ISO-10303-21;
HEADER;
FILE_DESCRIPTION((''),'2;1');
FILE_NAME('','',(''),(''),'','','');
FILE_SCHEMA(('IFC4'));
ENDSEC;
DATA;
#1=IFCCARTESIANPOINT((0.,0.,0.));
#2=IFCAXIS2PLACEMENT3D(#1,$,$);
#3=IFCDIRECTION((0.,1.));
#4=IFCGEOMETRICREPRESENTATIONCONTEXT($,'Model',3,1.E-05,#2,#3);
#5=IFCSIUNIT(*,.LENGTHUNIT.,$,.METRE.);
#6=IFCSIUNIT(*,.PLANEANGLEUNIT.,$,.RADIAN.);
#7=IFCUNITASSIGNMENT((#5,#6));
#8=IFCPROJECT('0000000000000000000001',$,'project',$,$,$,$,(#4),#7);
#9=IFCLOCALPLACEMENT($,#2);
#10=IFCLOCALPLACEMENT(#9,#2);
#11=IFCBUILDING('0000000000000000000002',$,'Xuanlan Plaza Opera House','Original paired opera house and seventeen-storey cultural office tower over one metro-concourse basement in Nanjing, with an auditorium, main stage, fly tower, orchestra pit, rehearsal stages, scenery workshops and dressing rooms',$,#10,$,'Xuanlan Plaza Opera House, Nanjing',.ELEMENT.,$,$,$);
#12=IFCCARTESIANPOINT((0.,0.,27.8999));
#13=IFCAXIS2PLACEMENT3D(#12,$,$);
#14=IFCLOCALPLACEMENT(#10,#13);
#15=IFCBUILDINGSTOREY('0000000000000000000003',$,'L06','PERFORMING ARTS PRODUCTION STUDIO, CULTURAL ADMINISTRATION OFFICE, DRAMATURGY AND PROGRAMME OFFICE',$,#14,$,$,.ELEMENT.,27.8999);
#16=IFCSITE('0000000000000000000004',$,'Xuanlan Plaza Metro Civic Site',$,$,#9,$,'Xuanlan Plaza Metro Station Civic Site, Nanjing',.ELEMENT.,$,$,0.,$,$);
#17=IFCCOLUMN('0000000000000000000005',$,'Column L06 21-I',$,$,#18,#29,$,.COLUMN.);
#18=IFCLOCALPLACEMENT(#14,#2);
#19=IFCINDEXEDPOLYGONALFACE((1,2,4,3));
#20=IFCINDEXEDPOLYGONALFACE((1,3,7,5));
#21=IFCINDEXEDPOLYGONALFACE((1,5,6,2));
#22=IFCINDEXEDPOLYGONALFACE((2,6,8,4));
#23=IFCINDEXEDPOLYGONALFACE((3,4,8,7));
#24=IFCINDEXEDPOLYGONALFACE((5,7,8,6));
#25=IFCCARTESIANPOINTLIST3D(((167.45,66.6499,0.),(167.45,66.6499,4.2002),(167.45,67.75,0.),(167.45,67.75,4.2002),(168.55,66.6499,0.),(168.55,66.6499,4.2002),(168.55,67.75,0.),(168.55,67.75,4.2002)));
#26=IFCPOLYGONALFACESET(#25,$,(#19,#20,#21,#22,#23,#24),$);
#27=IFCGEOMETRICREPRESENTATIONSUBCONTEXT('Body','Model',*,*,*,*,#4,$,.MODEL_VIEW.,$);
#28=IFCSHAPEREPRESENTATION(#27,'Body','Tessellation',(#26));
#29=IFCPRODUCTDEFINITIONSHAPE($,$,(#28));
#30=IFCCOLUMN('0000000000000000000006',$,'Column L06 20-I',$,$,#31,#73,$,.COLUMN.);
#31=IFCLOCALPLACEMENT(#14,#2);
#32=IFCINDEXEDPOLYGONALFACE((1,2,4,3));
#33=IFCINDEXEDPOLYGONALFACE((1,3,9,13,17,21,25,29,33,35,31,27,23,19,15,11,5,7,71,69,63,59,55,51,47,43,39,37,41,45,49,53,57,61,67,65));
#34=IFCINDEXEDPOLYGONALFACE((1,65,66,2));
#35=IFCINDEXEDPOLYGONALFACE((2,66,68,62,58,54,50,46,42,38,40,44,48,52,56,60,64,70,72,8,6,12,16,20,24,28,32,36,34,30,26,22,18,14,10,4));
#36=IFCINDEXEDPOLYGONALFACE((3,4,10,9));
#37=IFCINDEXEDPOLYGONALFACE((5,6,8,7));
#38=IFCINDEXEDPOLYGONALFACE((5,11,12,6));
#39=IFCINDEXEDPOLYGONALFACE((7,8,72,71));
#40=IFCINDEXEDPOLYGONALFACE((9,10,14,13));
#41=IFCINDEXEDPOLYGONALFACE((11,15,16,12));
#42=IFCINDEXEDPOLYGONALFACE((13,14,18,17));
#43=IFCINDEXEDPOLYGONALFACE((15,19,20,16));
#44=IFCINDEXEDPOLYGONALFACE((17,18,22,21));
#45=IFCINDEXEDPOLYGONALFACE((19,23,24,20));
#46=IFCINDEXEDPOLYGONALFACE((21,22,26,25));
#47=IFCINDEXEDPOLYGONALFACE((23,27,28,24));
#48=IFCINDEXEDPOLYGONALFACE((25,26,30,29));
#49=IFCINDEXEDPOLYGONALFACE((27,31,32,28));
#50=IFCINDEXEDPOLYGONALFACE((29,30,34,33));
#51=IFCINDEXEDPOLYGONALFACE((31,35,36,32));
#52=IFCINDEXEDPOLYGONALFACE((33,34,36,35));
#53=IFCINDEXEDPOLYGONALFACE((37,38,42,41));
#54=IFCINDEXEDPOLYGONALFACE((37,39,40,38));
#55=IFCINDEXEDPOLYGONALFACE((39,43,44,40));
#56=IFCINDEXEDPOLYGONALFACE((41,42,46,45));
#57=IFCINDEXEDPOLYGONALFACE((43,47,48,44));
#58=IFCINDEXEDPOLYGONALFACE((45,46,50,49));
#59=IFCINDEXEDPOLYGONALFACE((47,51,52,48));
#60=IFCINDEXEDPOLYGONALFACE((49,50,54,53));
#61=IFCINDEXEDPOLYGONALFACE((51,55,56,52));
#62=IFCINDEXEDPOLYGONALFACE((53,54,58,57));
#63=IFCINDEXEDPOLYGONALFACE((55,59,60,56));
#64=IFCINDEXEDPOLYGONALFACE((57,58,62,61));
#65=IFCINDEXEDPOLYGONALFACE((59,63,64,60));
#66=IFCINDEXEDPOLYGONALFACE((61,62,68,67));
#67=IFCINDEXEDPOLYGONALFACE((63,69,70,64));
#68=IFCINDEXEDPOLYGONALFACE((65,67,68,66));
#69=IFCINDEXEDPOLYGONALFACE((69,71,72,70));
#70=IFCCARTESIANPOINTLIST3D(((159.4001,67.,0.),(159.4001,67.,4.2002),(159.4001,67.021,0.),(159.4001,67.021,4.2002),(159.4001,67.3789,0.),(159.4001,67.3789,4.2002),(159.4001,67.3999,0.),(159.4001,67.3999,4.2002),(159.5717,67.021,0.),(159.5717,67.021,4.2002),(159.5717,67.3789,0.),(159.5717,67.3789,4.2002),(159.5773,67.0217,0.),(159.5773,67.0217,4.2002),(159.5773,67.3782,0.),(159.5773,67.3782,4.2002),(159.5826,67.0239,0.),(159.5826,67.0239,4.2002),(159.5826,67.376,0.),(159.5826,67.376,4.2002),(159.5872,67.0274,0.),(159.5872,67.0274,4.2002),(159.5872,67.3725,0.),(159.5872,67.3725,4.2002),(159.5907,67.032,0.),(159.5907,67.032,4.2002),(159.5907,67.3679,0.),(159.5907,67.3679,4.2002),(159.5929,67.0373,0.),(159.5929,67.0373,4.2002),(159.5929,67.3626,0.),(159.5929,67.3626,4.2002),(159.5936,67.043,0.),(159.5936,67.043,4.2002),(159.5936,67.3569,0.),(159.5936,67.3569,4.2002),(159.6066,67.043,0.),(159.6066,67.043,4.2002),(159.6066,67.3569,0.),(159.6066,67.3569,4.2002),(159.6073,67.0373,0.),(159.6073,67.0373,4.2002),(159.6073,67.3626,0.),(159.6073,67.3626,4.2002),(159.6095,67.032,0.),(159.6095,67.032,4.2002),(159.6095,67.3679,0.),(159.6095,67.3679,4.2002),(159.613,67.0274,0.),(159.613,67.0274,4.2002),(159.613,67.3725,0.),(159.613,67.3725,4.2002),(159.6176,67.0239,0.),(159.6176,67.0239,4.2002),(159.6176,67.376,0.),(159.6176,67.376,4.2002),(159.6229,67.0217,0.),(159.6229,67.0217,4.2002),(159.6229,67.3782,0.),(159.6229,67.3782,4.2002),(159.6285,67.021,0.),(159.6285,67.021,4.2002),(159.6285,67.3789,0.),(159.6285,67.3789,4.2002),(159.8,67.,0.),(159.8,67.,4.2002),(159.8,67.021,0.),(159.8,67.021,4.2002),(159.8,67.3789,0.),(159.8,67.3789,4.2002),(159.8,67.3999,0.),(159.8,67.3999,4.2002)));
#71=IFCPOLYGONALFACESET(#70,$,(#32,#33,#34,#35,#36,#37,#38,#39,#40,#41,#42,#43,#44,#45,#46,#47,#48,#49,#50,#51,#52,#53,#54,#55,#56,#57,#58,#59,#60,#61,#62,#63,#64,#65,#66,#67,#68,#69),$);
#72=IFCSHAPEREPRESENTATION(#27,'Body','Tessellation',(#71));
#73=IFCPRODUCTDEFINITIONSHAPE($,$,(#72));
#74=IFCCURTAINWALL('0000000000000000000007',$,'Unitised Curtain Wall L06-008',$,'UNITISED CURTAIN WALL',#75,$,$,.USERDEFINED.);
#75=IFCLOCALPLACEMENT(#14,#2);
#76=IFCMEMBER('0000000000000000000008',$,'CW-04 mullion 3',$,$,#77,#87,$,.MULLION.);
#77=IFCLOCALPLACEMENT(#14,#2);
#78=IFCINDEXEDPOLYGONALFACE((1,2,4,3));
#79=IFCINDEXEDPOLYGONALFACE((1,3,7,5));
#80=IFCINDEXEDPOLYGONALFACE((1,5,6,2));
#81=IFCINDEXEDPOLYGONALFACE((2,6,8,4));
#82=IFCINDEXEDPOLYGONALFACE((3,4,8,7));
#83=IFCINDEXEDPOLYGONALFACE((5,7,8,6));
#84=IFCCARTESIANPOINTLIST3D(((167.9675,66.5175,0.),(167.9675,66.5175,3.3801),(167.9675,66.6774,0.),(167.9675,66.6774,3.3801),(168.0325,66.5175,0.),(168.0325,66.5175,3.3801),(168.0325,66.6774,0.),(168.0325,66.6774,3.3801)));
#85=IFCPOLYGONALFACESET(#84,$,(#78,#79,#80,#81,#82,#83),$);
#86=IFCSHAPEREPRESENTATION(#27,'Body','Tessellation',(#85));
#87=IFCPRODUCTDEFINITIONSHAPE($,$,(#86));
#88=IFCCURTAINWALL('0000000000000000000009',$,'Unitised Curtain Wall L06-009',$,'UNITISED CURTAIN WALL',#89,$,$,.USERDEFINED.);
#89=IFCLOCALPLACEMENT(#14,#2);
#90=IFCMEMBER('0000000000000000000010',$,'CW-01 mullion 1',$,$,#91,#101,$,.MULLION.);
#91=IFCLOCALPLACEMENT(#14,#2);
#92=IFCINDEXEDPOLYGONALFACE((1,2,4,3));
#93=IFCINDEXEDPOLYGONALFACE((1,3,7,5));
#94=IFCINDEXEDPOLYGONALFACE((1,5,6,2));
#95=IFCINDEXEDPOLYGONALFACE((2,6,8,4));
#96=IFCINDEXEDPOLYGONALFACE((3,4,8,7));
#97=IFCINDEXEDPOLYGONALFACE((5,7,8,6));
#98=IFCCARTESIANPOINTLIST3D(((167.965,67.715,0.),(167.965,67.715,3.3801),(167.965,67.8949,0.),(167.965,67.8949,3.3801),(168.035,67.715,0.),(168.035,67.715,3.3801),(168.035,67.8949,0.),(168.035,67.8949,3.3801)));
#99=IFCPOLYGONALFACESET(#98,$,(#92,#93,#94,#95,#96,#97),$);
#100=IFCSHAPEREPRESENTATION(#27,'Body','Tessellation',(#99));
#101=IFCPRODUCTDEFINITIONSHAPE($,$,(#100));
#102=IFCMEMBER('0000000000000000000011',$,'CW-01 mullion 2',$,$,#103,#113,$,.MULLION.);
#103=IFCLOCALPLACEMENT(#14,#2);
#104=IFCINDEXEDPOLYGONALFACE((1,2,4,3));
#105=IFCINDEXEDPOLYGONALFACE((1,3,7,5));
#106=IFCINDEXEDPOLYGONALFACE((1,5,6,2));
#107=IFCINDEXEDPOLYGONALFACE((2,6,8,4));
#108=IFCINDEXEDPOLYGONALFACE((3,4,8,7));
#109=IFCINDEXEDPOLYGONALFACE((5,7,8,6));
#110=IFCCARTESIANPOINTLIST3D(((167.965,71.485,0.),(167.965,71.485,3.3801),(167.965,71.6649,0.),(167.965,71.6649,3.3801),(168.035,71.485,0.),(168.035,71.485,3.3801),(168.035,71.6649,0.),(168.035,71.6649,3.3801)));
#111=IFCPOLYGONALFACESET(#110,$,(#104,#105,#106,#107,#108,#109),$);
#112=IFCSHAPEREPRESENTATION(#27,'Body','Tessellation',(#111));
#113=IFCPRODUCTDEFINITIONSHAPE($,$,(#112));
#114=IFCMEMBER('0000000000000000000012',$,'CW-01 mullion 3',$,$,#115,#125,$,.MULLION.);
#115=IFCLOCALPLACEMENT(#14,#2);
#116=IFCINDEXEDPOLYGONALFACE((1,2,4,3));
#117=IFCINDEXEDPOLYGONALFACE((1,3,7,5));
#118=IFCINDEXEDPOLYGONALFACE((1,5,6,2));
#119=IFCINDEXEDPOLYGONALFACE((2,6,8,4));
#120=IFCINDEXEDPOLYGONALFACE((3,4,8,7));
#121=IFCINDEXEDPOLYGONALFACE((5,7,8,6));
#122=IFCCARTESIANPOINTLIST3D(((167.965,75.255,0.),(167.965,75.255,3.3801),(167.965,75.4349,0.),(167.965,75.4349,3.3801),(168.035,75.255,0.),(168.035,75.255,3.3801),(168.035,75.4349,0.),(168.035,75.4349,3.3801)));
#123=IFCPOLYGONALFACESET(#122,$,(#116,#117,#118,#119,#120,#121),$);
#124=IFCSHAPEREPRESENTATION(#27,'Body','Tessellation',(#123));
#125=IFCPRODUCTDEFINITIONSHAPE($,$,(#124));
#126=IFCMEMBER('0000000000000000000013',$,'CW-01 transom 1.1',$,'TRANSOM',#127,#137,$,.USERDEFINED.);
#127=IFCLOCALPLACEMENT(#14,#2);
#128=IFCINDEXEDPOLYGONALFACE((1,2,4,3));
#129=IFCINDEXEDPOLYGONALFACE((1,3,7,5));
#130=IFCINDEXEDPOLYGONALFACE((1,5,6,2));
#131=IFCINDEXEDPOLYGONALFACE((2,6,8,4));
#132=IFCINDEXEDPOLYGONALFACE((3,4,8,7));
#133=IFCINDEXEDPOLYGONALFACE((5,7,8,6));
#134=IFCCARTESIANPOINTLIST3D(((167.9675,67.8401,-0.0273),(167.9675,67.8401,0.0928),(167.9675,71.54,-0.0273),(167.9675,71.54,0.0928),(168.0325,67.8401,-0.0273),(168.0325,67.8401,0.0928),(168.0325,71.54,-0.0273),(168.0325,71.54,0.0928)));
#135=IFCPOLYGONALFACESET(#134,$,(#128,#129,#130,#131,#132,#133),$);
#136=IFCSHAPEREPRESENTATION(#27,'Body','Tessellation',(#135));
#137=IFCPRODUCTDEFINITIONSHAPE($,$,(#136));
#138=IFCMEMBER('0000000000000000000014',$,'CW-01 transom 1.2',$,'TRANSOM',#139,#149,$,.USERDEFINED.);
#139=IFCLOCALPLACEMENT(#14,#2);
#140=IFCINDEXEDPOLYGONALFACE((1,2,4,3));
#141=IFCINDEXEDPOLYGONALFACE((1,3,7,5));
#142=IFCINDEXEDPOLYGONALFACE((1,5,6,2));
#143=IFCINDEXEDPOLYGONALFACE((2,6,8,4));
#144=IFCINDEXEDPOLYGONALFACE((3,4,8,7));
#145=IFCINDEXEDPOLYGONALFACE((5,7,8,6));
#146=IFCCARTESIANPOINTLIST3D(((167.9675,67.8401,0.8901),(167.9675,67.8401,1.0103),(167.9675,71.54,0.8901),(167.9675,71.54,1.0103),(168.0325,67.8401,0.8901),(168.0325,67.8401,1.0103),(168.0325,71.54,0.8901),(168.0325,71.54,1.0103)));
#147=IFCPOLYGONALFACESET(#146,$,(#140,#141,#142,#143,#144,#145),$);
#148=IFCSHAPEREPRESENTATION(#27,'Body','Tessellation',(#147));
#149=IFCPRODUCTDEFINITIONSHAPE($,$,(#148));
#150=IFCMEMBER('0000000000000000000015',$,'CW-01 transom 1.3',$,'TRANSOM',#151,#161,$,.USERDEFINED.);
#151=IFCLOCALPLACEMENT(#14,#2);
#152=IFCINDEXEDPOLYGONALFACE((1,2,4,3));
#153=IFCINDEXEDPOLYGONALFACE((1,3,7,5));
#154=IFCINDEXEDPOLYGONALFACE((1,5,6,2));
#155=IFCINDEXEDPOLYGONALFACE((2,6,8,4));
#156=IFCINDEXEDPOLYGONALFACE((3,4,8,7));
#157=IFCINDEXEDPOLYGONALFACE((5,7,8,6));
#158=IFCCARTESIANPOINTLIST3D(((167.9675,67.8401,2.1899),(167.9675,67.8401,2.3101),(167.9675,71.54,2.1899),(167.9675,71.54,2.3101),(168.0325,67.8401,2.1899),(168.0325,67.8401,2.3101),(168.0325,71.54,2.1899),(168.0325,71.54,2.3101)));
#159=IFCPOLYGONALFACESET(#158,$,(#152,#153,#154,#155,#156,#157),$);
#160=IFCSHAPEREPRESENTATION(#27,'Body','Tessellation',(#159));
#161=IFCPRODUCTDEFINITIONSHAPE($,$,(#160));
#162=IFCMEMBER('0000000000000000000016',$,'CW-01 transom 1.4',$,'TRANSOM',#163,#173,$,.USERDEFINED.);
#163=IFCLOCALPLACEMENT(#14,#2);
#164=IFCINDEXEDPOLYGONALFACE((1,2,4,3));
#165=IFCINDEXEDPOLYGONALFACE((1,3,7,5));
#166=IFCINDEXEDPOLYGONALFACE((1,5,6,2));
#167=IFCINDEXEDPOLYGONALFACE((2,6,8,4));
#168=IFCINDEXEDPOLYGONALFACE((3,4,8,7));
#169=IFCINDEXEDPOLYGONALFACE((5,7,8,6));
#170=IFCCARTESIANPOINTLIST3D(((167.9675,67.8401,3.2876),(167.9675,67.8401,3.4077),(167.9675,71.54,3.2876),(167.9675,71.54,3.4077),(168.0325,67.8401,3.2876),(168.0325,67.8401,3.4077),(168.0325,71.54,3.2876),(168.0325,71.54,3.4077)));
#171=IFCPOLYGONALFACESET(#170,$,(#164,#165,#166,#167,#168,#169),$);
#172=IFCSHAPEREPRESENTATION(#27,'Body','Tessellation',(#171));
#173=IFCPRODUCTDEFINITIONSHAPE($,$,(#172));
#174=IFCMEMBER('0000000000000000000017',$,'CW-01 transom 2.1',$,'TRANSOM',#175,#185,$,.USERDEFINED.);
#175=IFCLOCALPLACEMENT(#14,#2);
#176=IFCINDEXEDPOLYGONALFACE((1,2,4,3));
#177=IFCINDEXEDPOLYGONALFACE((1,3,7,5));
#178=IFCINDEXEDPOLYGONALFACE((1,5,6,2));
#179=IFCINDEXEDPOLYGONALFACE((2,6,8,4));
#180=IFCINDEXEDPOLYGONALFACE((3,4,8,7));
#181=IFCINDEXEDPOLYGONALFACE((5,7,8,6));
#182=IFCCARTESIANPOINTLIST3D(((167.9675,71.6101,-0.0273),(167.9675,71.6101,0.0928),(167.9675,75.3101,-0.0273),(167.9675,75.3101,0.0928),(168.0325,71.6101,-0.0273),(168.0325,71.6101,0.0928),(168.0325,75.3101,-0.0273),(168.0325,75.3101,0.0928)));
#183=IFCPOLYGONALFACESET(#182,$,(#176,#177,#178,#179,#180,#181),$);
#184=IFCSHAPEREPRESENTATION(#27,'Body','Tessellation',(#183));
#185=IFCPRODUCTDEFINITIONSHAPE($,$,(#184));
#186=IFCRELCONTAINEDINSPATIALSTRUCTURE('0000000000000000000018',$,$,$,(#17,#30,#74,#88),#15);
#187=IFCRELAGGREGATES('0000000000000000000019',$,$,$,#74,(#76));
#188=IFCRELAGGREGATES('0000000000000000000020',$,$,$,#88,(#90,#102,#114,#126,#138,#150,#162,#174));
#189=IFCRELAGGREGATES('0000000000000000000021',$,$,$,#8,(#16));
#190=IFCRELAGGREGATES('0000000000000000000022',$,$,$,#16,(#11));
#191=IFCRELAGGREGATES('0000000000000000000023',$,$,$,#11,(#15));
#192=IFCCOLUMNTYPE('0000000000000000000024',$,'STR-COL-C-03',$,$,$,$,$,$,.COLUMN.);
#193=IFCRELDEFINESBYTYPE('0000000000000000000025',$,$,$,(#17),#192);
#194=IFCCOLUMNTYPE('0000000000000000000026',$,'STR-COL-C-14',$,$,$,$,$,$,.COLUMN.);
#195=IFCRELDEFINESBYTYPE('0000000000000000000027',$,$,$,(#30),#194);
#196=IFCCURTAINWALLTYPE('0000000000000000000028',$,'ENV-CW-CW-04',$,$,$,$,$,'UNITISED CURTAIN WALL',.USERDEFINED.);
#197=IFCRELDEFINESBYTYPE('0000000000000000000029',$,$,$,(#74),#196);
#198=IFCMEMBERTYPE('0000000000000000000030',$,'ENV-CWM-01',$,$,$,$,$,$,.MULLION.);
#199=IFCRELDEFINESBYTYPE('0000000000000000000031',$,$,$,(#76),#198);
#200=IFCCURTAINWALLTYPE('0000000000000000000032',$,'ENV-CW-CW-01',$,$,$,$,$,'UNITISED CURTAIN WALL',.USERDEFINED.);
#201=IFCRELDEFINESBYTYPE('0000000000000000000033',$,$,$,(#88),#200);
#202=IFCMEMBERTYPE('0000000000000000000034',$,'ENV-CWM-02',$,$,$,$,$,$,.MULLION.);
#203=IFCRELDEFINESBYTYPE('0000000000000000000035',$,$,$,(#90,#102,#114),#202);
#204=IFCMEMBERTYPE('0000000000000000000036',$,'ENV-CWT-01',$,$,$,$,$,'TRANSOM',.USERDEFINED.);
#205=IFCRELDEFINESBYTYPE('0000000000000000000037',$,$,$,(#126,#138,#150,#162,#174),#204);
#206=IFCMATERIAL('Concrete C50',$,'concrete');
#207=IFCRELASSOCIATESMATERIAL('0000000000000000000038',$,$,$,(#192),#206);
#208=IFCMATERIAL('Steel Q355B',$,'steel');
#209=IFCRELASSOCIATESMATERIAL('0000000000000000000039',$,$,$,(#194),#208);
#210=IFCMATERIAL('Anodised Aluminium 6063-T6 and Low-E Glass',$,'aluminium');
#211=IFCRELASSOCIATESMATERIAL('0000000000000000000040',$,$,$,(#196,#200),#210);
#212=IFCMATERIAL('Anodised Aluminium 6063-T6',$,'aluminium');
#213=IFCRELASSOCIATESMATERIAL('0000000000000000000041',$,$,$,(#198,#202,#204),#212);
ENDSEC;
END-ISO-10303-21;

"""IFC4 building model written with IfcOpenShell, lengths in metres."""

from ifc_helpers import new_model, si_unit, direction, frame, origin, origin_2d, place, context, subcontext, project, spatial, rectangle, i_section, extrude, material, material_profile, profile_set, type_object, element, aggregate, save


model = new_model("IFC4")

# Units and contexts
model_context = context("Model", 3, precision=1e-05, world=origin(), true_north=direction((0.0, 1.0)))
body_context = subcontext(model_context, "Body", "Model", "MODEL_VIEW")
ifc_project = project(units=[si_unit("LENGTHUNIT", "METRE"), si_unit("PLANEANGLEUNIT", "RADIAN")], contexts=[model_context])

# Site, building, storey
site_placement = place(None, origin())
site = spatial("IfcSite", under=ifc_project, at=site_placement, Name="Xuanlan Plaza Metro Civic Site", LongName="Xuanlan Plaza Metro Station Civic Site, Nanjing", CompositionType="ELEMENT", RefElevation=0.0)
building_placement = place(site_placement, origin())
building = spatial("IfcBuilding", under=site, at=building_placement, Name="Xuanlan Plaza Opera House", Description="Original paired opera house and seventeen-storey cultural office tower over one metro-concourse basement in Nanjing, with an auditorium, main stage, fly tower, orchestra pit, rehearsal stages, scenery workshops and dressing rooms", LongName="Xuanlan Plaza Opera House, Nanjing", CompositionType="ELEMENT")
storey_placement = place(building_placement, frame((0.0, 0.0, 27.8999)))
storey = spatial("IfcBuildingStorey", under=building, at=storey_placement, Name="L06", Description="PERFORMING ARTS PRODUCTION STUDIO, CULTURAL ADMINISTRATION OFFICE, DRAMATURGY AND PROGRAMME OFFICE", CompositionType="ELEMENT", Elevation=27.8999)

# Columns
ifc_material_1 = material(Name="Concrete C50", Category="concrete")
ifc_material_profile_1 = material_profile(ifc_material_1, rectangle(XDim=1.1001, YDim=1.1001, at=origin_2d()), Name="RC-COL 1100x1100")
ifc_profile_set_1 = profile_set([ifc_material_profile_1], Name="Concrete C50")
column_type_1 = type_object("IfcColumnType", Name="STR-COL-C-03", PredefinedType="COLUMN", material=ifc_profile_set_1)
column_1_placement = place(storey_placement, frame((168.0, 67.2, 0.0), z_axis=(0.0, 0.0, 1.0), x_axis=(1.0, 0.0, 0.0)))
element("IfcColumn", 1, at=column_1_placement, inside=storey, type_object=column_type_1, Name="Column L06 21-I", PredefinedType="COLUMN", context=body_context, shape_type="SweptSolid", body=[
    extrude(rectangle(XDim=1.1001, YDim=1.1001, at=origin_2d()), origin(), (0.0, 0.0, 1.0), 4.2002),
])
ifc_material_2 = material(Name="Steel Q355B", Category="steel")
ifc_material_profile_2 = material_profile(ifc_material_2, i_section(OverallWidth=0.3999, OverallDepth=0.3999, WebThickness=0.0129, FlangeThickness=0.021, FilletRadius=0.022, at=origin_2d()), Name="HW 400x400x13x21")
ifc_profile_set_2 = profile_set([ifc_material_profile_2], Name="Steel Q355B")
column_type_2 = type_object("IfcColumnType", Name="STR-COL-C-14", PredefinedType="COLUMN", material=ifc_profile_set_2)
column_2_placement = place(storey_placement, frame((159.6001, 67.2, 0.0), z_axis=(0.0, 0.0, 1.0), x_axis=(1.0, 0.0, 0.0)))
element("IfcColumn", 2, at=column_2_placement, inside=storey, type_object=column_type_2, Name="Column L06 20-I", PredefinedType="COLUMN", context=body_context, shape_type="SweptSolid", body=[
    extrude(i_section(OverallWidth=0.3999, OverallDepth=0.3999, WebThickness=0.0129, FlangeThickness=0.021, FilletRadius=0.022, at=origin_2d()), origin(), (0.0, 0.0, 1.0), 4.2002),
])

# Curtain wall, member
ifc_material_3 = material(Name="Anodised Aluminium 6063-T6 and Low-E Glass", Category="aluminium")
curtain_wall_type_1 = type_object("IfcCurtainWallType", Name="ENV-CW-CW-04", ElementType="UNITISED CURTAIN WALL", PredefinedType="USERDEFINED", material=ifc_material_3)
curtain_wall_1_placement = place(storey_placement, origin())
curtain_wall_1 = element("IfcCurtainWall", 3, at=curtain_wall_1_placement, inside=storey, type_object=curtain_wall_type_1, Name="Unitised Curtain Wall L06-008", ObjectType="UNITISED CURTAIN WALL", PredefinedType="USERDEFINED")
ifc_material_4 = material(Name="Anodised Aluminium 6063-T6", Category="aluminium")
ifc_material_profile_3 = material_profile(ifc_material_4, rectangle(XDim=0.0649, YDim=0.1599, at=origin_2d()), Name="ALU-M 65x160")
ifc_profile_set_3 = profile_set([ifc_material_profile_3], Name="Anodised Aluminium 6063-T6")
member_type_1 = type_object("IfcMemberType", Name="ENV-CWM-01", PredefinedType="MULLION", material=ifc_profile_set_3)
member_1_placement = place(storey_placement, frame((168.0, 66.5974, 0.0), z_axis=(0.0, 0.0, 1.0), x_axis=(-1.0, 0.0, 0.0)))
member_1 = element("IfcMember", 4, at=member_1_placement, type_object=member_type_1, Name="CW-04 mullion 3", PredefinedType="MULLION", context=body_context, shape_type="SweptSolid", body=[
    extrude(rectangle(XDim=0.0649, YDim=0.1599, at=origin_2d()), origin(), (0.0, 0.0, 1.0), 3.3801),
])
aggregate(curtain_wall_1, [member_1])

# Curtain wall, members
curtain_wall_type_2 = type_object("IfcCurtainWallType", Name="ENV-CW-CW-01", ElementType="UNITISED CURTAIN WALL", PredefinedType="USERDEFINED", material=ifc_material_3)
curtain_wall_2_placement = place(storey_placement, origin())
curtain_wall_2 = element("IfcCurtainWall", 5, at=curtain_wall_2_placement, inside=storey, type_object=curtain_wall_type_2, Name="Unitised Curtain Wall L06-009", ObjectType="UNITISED CURTAIN WALL", PredefinedType="USERDEFINED")
ifc_material_profile_4 = material_profile(ifc_material_4, rectangle(XDim=0.0701, YDim=0.1799, at=origin_2d()), Name="ALU-M 70x180")
ifc_profile_set_4 = profile_set([ifc_material_profile_4], Name="Anodised Aluminium 6063-T6")
member_type_2 = type_object("IfcMemberType", Name="ENV-CWM-02", PredefinedType="MULLION", material=ifc_profile_set_4)
member_2_placement = place(storey_placement, frame((168.0, 67.8049, 0.0), z_axis=(0.0, 0.0, 1.0), x_axis=(-1.0, 0.0, 0.0)))
member_2 = element("IfcMember", 6, at=member_2_placement, type_object=member_type_2, Name="CW-01 mullion 1", PredefinedType="MULLION", context=body_context, shape_type="SweptSolid", body=[
    extrude(rectangle(XDim=0.0701, YDim=0.1799, at=origin_2d()), origin(), (0.0, 0.0, 1.0), 3.3801),
])
member_3_placement = place(storey_placement, frame((168.0, 71.575, 0.0), z_axis=(0.0, 0.0, 1.0), x_axis=(-1.0, 0.0, 0.0)))
member_3 = element("IfcMember", 7, at=member_3_placement, type_object=member_type_2, Name="CW-01 mullion 2", PredefinedType="MULLION", context=body_context, shape_type="SweptSolid", body=[
    extrude(rectangle(XDim=0.0701, YDim=0.1799, at=origin_2d()), origin(), (0.0, 0.0, 1.0), 3.3801),
])
member_4_placement = place(storey_placement, frame((168.0, 75.345, 0.0), z_axis=(0.0, 0.0, 1.0), x_axis=(-1.0, 0.0, 0.0)))
member_4 = element("IfcMember", 8, at=member_4_placement, type_object=member_type_2, Name="CW-01 mullion 3", PredefinedType="MULLION", context=body_context, shape_type="SweptSolid", body=[
    extrude(rectangle(XDim=0.0701, YDim=0.1799, at=origin_2d()), origin(), (0.0, 0.0, 1.0), 3.3801),
])
ifc_material_profile_5 = material_profile(ifc_material_4, rectangle(XDim=0.0649, YDim=0.1201, at=origin_2d()), Name="ALU-T 65x120")
ifc_profile_set_5 = profile_set([ifc_material_profile_5], Name="Anodised Aluminium 6063-T6")
member_type_3 = type_object("IfcMemberType", Name="ENV-CWT-01", ElementType="TRANSOM", PredefinedType="USERDEFINED", material=ifc_profile_set_5)
member_5_placement = place(storey_placement, frame((168.0, 67.8401, 0.0327), z_axis=(0.0, 1.0, 0.0), x_axis=(-1.0, 0.0, 0.0)))
member_5 = element("IfcMember", 9, at=member_5_placement, type_object=member_type_3, Name="CW-01 transom 1.1", ObjectType="TRANSOM", PredefinedType="USERDEFINED", context=body_context, shape_type="SweptSolid", body=[
    extrude(rectangle(XDim=0.0649, YDim=0.1201, at=origin_2d()), origin(), (0.0, 0.0, 1.0), 3.7),
])
member_6_placement = place(storey_placement, frame((168.0, 67.8401, 0.9502), z_axis=(0.0, 1.0, 0.0), x_axis=(-1.0, 0.0, 0.0)))
member_6 = element("IfcMember", 10, at=member_6_placement, type_object=member_type_3, Name="CW-01 transom 1.2", ObjectType="TRANSOM", PredefinedType="USERDEFINED", context=body_context, shape_type="SweptSolid", body=[
    extrude(rectangle(XDim=0.0649, YDim=0.1201, at=origin_2d()), origin(), (0.0, 0.0, 1.0), 3.7),
])
member_7_placement = place(storey_placement, frame((168.0, 67.8401, 2.25), z_axis=(0.0, 1.0, 0.0), x_axis=(-1.0, 0.0, 0.0)))
member_7 = element("IfcMember", 11, at=member_7_placement, type_object=member_type_3, Name="CW-01 transom 1.3", ObjectType="TRANSOM", PredefinedType="USERDEFINED", context=body_context, shape_type="SweptSolid", body=[
    extrude(rectangle(XDim=0.0649, YDim=0.1201, at=origin_2d()), origin(), (0.0, 0.0, 1.0), 3.7),
])
member_8_placement = place(storey_placement, frame((168.0, 67.8401, 3.3477), z_axis=(0.0, 1.0, 0.0), x_axis=(-1.0, 0.0, 0.0)))
member_8 = element("IfcMember", 12, at=member_8_placement, type_object=member_type_3, Name="CW-01 transom 1.4", ObjectType="TRANSOM", PredefinedType="USERDEFINED", context=body_context, shape_type="SweptSolid", body=[
    extrude(rectangle(XDim=0.0649, YDim=0.1201, at=origin_2d()), origin(), (0.0, 0.0, 1.0), 3.7),
])
member_9_placement = place(storey_placement, frame((168.0, 71.6101, 0.0327), z_axis=(0.0, 1.0, 0.0), x_axis=(-1.0, 0.0, 0.0)))
member_9 = element("IfcMember", 13, at=member_9_placement, type_object=member_type_3, Name="CW-01 transom 2.1", ObjectType="TRANSOM", PredefinedType="USERDEFINED", context=body_context, shape_type="SweptSolid", body=[
    extrude(rectangle(XDim=0.0649, YDim=0.1201, at=origin_2d()), origin(), (0.0, 0.0, 1.0), 3.7),
])

aggregate(curtain_wall_2, [member_2, member_3, member_4, member_5, member_6, member_7, member_8, member_9])

save(model, "model.ifc")
